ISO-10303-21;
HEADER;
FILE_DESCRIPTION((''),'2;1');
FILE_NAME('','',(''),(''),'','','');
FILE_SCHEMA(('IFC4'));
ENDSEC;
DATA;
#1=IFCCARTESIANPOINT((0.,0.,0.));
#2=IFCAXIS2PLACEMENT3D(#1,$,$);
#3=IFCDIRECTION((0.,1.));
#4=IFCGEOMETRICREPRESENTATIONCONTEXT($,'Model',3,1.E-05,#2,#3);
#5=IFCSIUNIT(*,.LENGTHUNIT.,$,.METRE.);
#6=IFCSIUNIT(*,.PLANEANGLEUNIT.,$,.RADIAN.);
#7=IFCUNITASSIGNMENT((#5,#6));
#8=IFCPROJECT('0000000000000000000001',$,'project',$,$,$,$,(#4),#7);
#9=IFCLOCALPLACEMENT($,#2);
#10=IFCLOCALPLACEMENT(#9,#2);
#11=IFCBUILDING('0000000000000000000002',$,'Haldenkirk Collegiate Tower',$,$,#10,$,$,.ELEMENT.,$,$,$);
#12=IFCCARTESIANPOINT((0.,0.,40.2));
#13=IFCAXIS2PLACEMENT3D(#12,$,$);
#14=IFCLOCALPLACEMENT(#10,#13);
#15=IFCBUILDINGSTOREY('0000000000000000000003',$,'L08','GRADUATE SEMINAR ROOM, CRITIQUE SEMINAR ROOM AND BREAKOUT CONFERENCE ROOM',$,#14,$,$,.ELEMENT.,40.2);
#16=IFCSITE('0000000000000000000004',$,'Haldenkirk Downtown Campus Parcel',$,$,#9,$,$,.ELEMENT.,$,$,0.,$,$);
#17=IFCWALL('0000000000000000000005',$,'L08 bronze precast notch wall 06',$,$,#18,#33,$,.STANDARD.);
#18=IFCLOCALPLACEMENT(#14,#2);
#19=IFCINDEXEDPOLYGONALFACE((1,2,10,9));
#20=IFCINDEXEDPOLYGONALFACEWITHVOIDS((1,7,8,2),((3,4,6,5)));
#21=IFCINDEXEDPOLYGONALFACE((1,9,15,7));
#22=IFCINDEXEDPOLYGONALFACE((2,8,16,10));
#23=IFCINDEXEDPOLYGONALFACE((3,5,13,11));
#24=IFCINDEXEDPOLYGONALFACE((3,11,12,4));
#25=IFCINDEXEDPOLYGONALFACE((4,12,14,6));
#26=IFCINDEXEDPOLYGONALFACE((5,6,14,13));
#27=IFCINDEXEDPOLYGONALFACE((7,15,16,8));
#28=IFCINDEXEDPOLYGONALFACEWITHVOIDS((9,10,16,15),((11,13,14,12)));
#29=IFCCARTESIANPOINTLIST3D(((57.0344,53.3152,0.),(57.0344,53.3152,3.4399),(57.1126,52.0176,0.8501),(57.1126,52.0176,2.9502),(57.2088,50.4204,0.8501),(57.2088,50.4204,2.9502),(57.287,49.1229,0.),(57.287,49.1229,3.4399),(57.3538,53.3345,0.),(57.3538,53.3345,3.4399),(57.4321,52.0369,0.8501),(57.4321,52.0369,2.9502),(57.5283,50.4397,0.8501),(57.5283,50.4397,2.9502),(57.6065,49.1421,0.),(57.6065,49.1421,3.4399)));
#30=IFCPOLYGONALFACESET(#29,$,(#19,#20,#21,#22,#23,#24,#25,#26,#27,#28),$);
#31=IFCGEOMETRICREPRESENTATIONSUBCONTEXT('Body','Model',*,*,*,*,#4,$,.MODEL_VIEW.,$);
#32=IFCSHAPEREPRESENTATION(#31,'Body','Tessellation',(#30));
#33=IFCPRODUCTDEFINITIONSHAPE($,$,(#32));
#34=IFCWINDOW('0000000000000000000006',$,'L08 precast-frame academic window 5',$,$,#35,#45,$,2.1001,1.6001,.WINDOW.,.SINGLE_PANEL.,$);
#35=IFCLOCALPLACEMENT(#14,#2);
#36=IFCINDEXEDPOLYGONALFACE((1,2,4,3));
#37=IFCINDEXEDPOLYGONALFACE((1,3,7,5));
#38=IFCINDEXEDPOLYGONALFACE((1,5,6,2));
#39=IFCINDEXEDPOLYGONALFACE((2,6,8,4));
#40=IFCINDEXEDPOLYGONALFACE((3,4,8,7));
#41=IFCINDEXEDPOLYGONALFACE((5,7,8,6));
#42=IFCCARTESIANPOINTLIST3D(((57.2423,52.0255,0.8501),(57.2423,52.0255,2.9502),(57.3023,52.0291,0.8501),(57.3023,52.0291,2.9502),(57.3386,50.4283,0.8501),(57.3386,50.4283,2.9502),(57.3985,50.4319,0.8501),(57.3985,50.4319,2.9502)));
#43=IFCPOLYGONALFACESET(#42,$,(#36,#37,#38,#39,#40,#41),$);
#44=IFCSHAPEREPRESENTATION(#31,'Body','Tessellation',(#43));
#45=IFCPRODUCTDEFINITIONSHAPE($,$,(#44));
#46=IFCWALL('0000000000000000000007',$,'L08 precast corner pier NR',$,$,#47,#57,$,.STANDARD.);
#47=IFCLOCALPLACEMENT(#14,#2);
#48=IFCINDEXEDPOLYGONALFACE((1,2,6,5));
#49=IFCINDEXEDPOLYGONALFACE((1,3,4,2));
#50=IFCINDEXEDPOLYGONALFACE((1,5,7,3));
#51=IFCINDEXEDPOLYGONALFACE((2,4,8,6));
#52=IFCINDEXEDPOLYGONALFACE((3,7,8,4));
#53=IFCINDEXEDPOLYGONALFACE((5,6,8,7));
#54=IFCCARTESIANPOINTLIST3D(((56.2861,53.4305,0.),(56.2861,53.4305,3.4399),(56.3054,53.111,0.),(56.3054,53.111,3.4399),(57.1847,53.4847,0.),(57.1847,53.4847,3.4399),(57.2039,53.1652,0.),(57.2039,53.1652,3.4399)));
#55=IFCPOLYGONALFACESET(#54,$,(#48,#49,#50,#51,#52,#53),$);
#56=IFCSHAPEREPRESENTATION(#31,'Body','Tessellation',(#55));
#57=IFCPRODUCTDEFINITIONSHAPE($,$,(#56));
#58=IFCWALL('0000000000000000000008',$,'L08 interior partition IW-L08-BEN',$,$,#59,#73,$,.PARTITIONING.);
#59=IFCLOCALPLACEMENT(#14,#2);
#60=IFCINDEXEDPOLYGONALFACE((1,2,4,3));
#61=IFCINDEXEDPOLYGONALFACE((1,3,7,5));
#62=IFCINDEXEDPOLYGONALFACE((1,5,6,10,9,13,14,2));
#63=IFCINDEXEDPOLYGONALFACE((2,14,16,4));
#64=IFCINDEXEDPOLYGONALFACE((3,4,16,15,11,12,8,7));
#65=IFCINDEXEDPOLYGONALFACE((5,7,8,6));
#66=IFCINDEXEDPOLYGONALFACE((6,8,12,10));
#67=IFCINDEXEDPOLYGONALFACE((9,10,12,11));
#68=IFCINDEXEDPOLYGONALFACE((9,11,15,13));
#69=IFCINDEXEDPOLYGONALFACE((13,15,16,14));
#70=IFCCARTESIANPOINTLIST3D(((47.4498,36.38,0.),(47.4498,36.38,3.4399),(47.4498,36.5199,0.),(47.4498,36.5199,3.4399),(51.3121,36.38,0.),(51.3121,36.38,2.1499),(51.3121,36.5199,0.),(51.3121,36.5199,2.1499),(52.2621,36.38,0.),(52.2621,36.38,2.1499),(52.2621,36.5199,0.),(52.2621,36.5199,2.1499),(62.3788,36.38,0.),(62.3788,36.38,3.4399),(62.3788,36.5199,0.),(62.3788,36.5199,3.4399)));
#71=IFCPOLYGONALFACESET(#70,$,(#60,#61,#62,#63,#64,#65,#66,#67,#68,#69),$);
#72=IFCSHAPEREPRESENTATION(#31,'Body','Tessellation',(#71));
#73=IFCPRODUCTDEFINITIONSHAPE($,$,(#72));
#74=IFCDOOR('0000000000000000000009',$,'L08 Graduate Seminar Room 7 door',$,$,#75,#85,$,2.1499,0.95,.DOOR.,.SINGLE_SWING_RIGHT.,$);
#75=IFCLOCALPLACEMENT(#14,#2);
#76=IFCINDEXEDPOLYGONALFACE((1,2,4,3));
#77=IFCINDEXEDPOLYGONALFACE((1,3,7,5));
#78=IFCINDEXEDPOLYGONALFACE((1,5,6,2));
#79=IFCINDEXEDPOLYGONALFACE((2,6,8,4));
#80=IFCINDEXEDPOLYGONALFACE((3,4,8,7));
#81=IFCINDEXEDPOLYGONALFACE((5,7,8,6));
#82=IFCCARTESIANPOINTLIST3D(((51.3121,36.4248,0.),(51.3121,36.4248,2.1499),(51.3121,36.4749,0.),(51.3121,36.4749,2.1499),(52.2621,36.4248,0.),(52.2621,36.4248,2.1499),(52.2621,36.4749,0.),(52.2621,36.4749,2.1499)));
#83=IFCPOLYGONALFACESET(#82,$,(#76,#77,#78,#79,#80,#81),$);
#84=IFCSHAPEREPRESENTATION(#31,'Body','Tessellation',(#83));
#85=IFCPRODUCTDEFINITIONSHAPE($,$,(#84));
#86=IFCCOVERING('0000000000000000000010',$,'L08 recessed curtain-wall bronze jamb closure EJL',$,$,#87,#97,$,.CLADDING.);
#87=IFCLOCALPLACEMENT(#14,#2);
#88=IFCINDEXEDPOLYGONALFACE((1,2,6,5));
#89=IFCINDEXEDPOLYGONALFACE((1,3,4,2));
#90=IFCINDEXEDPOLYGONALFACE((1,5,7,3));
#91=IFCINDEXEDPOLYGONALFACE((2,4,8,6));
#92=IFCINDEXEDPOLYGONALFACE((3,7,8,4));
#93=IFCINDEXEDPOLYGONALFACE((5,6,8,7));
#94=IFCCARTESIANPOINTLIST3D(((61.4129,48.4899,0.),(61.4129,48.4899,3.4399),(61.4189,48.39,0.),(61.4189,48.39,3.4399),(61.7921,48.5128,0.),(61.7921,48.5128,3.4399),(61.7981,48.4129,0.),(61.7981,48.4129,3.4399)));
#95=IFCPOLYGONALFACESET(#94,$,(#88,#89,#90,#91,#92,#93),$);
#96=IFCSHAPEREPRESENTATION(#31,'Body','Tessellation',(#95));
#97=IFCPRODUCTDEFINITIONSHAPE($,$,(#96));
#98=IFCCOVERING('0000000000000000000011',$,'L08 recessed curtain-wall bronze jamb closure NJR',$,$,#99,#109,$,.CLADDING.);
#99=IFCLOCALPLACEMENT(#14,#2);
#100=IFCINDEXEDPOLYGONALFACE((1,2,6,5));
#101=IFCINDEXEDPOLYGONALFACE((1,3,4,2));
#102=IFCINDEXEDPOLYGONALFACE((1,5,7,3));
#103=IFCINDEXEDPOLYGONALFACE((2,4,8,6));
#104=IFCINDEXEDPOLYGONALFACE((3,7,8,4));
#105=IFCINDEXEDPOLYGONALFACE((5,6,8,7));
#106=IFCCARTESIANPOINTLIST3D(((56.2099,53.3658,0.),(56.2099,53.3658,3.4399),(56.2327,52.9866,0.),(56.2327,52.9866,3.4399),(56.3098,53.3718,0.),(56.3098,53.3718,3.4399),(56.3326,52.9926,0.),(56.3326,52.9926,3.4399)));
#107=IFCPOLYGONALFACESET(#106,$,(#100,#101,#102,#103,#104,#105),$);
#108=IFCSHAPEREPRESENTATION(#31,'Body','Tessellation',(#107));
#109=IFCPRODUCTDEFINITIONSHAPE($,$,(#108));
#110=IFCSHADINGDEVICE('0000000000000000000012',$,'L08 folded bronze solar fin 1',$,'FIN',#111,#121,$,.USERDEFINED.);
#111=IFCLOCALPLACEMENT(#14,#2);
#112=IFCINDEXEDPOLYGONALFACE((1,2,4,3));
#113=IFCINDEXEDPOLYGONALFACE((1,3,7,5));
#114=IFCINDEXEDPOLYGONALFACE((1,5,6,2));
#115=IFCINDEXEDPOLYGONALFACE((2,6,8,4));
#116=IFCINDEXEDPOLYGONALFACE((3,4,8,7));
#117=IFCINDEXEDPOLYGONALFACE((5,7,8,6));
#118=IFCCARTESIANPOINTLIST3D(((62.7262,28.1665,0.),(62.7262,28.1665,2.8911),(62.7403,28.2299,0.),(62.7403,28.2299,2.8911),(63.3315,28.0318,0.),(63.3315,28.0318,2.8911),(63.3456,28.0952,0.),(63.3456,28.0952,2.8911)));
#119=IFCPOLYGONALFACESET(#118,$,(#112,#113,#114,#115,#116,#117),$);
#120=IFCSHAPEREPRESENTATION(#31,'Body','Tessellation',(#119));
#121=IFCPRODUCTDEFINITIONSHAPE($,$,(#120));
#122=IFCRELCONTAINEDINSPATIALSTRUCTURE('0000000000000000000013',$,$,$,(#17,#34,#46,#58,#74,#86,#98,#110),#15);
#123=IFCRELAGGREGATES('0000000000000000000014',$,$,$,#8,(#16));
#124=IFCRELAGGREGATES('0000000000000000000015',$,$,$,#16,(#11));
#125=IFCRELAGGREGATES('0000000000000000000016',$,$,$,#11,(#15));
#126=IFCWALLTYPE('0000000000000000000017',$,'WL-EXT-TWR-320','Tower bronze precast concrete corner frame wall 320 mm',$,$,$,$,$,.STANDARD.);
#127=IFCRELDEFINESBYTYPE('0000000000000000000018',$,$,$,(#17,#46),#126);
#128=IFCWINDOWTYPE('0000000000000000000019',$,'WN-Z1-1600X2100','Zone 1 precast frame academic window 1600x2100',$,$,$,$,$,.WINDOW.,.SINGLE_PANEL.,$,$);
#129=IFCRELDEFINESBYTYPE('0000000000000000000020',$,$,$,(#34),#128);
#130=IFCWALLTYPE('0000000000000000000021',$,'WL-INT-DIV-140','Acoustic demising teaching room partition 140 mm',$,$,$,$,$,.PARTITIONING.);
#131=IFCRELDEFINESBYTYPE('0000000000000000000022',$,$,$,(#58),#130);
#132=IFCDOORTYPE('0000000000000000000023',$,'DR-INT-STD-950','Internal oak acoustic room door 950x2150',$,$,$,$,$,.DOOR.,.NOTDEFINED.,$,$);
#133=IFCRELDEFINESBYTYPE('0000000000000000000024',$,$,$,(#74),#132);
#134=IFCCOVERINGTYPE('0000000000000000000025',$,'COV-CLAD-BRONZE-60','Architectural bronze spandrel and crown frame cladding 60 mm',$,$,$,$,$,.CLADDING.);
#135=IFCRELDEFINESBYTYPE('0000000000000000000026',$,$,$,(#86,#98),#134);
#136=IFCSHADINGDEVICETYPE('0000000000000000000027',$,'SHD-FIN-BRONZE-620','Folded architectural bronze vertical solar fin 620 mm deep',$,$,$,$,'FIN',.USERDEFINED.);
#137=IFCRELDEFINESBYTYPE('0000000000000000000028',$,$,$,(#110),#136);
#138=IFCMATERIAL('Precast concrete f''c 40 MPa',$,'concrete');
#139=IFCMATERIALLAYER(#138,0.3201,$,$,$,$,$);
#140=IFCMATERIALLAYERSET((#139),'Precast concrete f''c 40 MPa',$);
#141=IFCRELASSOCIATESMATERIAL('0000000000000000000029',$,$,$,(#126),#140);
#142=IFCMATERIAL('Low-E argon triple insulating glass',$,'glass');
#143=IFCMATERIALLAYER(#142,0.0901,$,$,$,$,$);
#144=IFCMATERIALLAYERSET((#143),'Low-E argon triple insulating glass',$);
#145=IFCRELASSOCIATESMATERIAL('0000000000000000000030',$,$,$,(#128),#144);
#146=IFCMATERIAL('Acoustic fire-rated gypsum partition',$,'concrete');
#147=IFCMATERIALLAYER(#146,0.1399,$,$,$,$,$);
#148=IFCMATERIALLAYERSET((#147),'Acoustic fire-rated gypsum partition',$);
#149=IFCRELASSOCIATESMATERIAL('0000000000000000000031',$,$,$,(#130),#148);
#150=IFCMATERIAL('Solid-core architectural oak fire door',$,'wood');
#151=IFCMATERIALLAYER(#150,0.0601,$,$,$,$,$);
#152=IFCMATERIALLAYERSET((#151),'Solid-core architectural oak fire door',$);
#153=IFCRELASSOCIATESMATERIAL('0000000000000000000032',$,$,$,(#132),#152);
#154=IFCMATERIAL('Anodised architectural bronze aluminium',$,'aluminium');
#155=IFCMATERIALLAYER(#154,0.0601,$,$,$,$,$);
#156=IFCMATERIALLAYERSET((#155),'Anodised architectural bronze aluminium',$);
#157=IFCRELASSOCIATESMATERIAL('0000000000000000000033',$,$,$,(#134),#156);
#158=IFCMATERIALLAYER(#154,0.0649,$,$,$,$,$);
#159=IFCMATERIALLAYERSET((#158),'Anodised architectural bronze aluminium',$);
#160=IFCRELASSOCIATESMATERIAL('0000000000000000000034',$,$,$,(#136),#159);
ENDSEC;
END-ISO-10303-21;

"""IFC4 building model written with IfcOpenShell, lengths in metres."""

from ifc_helpers import new_model, si_unit, direction, frame, frame_2d, origin, origin_2d, place, context, subcontext, project, spatial, rectangle, extrude, source, transform, mapped, material, layer, layer_set, type_object, element, fill, save


model = new_model("IFC4")

# Units and contexts
model_context = context("Model", 3, precision=1e-05, world=origin(), true_north=direction((0.0, 1.0)))
body_context = subcontext(model_context, "Body", "Model", "MODEL_VIEW")
ifc_project = project(units=[si_unit("LENGTHUNIT", "METRE"), si_unit("PLANEANGLEUNIT", "RADIAN")], contexts=[model_context])

# Site, building, storey
site_placement = place(None, origin())
site = spatial("IfcSite", under=ifc_project, at=site_placement, Name="Haldenkirk Downtown Campus Parcel", CompositionType="ELEMENT", RefElevation=0.0)
building_placement = place(site_placement, origin())
building = spatial("IfcBuilding", under=site, at=building_placement, Name="Haldenkirk Collegiate Tower", CompositionType="ELEMENT")
storey_placement = place(building_placement, frame((0.0, 0.0, 40.2)))
storey = spatial("IfcBuildingStorey", under=building, at=storey_placement, Name="L08", Description="GRADUATE SEMINAR ROOM, CRITIQUE SEMINAR ROOM AND BREAKOUT CONFERENCE ROOM", CompositionType="ELEMENT", Elevation=40.2)

# Shared definitions
ifc_material_1 = material(Name="Anodised architectural bronze aluminium", Category="aluminium")

# Shared definitions
ifc_material_2 = material(Name="Low-E argon triple insulating glass", Category="glass")

# Shared definitions
ifc_material_3 = material(Name="Precast concrete f'c 40 MPa", Category="concrete")
ifc_layer_1 = layer(ifc_material_3, 0.3201)
ifc_layer_set_1 = layer_set([ifc_layer_1], Name="Precast concrete f'c 40 MPa")
wall_type_1 = type_object("IfcWallType", Name="WL-EXT-TWR-320", Description="Tower bronze precast concrete corner frame wall 320 mm", PredefinedType="STANDARD", material=ifc_layer_set_1)

# Wall, opening, window
wall_1_placement = place(storey_placement, frame((57.1941, 53.325, 0.0), z_axis=(0.0, 0.0, 1.0), x_axis=(0.060163, -0.998189, 0.0)))
wall_1 = element("IfcWall", 1, at=wall_1_placement, inside=storey, type_object=wall_type_1, Name="L08 bronze precast notch wall 06", PredefinedType="STANDARD", context=body_context, shape_type="SweptSolid", body=[
    extrude(rectangle(XDim=4.2, YDim=0.3201, at=frame_2d((2.1001, 0.0))), origin(), (0.0, 0.0, 1.0), 3.4399),
])
opening_1_placement = place(wall_1_placement, frame((1.3, 0.0, 0.8501)))
opening_1 = element("IfcOpeningElement", 2, at=opening_1_placement, cuts=wall_1, PredefinedType="OPENING", context=body_context, shape_type="SweptSolid", body=[
    extrude(rectangle(XDim=1.6001, YDim=2.1001, at=frame_2d((0.8, 1.05))), frame((0.0, 0.1699, 0.0), z_axis=(0.0, -1.0, 0.0), x_axis=(1.0, 0.0, 0.0)), (0.0, 0.0, 1.0), 0.3401),
])
ifc_layer_2 = layer(ifc_material_2, 0.0901)
ifc_layer_set_2 = layer_set([ifc_layer_2], Name="Low-E argon triple insulating glass")
window_type = type_object("IfcWindowType", Name="WN-Z1-1600X2100", Description="Zone 1 precast frame academic window 1600x2100", PartitioningType="SINGLE_PANEL", PredefinedType="WINDOW", material=ifc_layer_set_2)
window_placement = place(opening_1_placement, origin())
window = element("IfcWindow", 3, at=window_placement, inside=storey, type_object=window_type, Name="L08 precast-frame academic window 5", OverallHeight=2.1001, OverallWidth=1.6001, PartitioningType="SINGLE_PANEL", PredefinedType="WINDOW", context=body_context, shape_type="SweptSolid", body=[
    extrude(rectangle(XDim=1.6001, YDim=2.1001, at=frame_2d((0.8, 1.05))), frame((0.0, 0.03, 0.0), z_axis=(0.0, -1.0, 0.0), x_axis=(1.0, 0.0, 0.0)), (0.0, 0.0, 1.0), 0.0601),
])
fill(opening_1, window)

# Wall
wall_2_placement = place(storey_placement, frame((56.2957, 53.2708, 0.0), z_axis=(0.0, 0.0, 1.0), x_axis=(0.998185, 0.060217, 0.0)))
element("IfcWall", 4, at=wall_2_placement, inside=storey, type_object=wall_type_1, Name="L08 precast corner pier NR", PredefinedType="STANDARD", context=body_context, shape_type="SweptSolid", body=[
    extrude(rectangle(XDim=0.9001, YDim=0.3201, at=frame_2d((0.4502, 0.0))), origin(), (0.0, 0.0, 1.0), 3.4399),
])

# Wall, opening, door
ifc_material_4 = material(Name="Acoustic fire-rated gypsum partition", Category="concrete")
ifc_layer_3 = layer(ifc_material_4, 0.1399)
ifc_layer_set_3 = layer_set([ifc_layer_3], Name="Acoustic fire-rated gypsum partition")
wall_type_2 = type_object("IfcWallType", Name="WL-INT-DIV-140", Description="Acoustic demising teaching room partition 140 mm", PredefinedType="PARTITIONING", material=ifc_layer_set_3)
wall_3_placement = place(storey_placement, frame((47.45, 36.45, 0.0), z_axis=(0.0, 0.0, 1.0), x_axis=(1.0, 0.0, 0.0)))
wall_3 = element("IfcWall", 5, at=wall_3_placement, inside=storey, type_object=wall_type_2, Name="L08 interior partition IW-L08-BEN", PredefinedType="PARTITIONING", context=body_context, shape_type="SweptSolid", body=[
    extrude(rectangle(XDim=14.929, YDim=0.1399, at=frame_2d((7.4644, 0.0))), origin(), (0.0, 0.0, 1.0), 3.4399),
])
opening_2_placement = place(wall_3_placement, frame((3.8621, 0.0, 0.0)))
opening_2 = element("IfcOpeningElement", 6, at=opening_2_placement, cuts=wall_3, PredefinedType="OPENING", context=body_context, shape_type="SweptSolid", body=[
    extrude(rectangle(XDim=0.95, YDim=2.1499, at=frame_2d((0.4751, 1.075))), frame((0.0, 0.0798, 0.0), z_axis=(0.0, -1.0, 0.0), x_axis=(1.0, 0.0, 0.0)), (0.0, 0.0, 1.0), 0.1599),
])
ifc_material_5 = material(Name="Solid-core architectural oak fire door", Category="wood")
ifc_layer_4 = layer(ifc_material_5, 0.0601)
ifc_layer_set_4 = layer_set([ifc_layer_4], Name="Solid-core architectural oak fire door")
door_type = type_object("IfcDoorType", Name="DR-INT-STD-950", Description="Internal oak acoustic room door 950x2150", OperationType="NOTDEFINED", PredefinedType="DOOR", material=ifc_layer_set_4)
door_placement = place(opening_2_placement, origin())
door = element("IfcDoor", 7, at=door_placement, inside=storey, type_object=door_type, Name="L08 Graduate Seminar Room 7 door", OperationType="SINGLE_SWING_RIGHT", OverallHeight=2.1499, OverallWidth=0.95, PredefinedType="DOOR", context=body_context, shape_type="SweptSolid", body=[
    extrude(rectangle(XDim=0.95, YDim=2.1499, at=frame_2d((0.4751, 1.075))), frame((0.0, 0.0249, 0.0), z_axis=(0.0, -1.0, 0.0), x_axis=(1.0, 0.0, 0.0)), (0.0, 0.0, 1.0), 0.05),
])
fill(opening_2, door)

# Coverings
ifc_layer_5 = layer(ifc_material_1, 0.0601)
ifc_layer_set_5 = layer_set([ifc_layer_5], Name="Anodised architectural bronze aluminium")
covering_type = type_object("IfcCoveringType", Name="COV-CLAD-BRONZE-60", Description="Architectural bronze spandrel and crown frame cladding 60 mm", PredefinedType="CLADDING", material=ifc_layer_set_5)
shared_shape_1 = source(origin(), body_context, "Body", "SweptSolid", [
    extrude(rectangle(XDim=0.1001, YDim=0.3799, at=origin_2d()), origin(), (0.0, 0.0, 1.0), 3.4399),
])
for number, where, z_axis, x_axis, name in (
    (8, (61.6055, 48.4514, 0.0), (0.0, 0.0, 1.0), (0.060177, -0.998188, 0.0), "L08 recessed curtain-wall bronze jamb closure EJL"),
    (9, (56.2712, 53.1792, 0.0), (0.0, 0.0, 1.0), (0.998188, 0.060177, 0.0), "L08 recessed curtain-wall bronze jamb closure NJR"),
):
    element("IfcCovering", number, at=place(storey_placement, frame(where, z_axis=z_axis, x_axis=x_axis)), inside=storey, type_object=covering_type, Name=name, PredefinedType="CLADDING", context=body_context, shape_type="MappedRepresentation", body=[
        mapped(shared_shape_1, transform((0.0, 0.0, 0.0), x_axis=(1.0, 0.0, 0.0), y_axis=(0.0, 1.0, 0.0), z_axis=(0.0, 0.0, 1.0), scale=1.0)),
    ])

# Shading device
ifc_layer_6 = layer(ifc_material_1, 0.0649)
ifc_layer_set_6 = layer_set([ifc_layer_6], Name="Anodised architectural bronze aluminium")
shading_device_type = type_object("IfcShadingDeviceType", Name="SHD-FIN-BRONZE-620", Description="Folded architectural bronze vertical solar fin 620 mm deep", ElementType="FIN", PredefinedType="USERDEFINED", material=ifc_layer_set_6)
shared_shape_2 = source(origin(), body_context, "Body", "SweptSolid", [
    extrude(rectangle(XDim=0.6201, YDim=0.0649, at=origin_2d()), origin(), (0.0, 0.0, 1.0), 2.8911),
])
shading_device_placement = place(storey_placement, frame((63.0359, 28.1309, 0.0), z_axis=(0.0, 0.0, 1.0), x_axis=(0.976107, -0.217292, 0.0)))
element("IfcShadingDevice", 10, at=shading_device_placement, inside=storey, type_object=shading_device_type, Name="L08 folded bronze solar fin 1", ObjectType="FIN", PredefinedType="USERDEFINED", context=body_context, shape_type="MappedRepresentation", body=[
    mapped(shared_shape_2, transform((0.0, 0.0, 0.0), x_axis=(1.0, 0.0, 0.0), y_axis=(0.0, 1.0, 0.0), z_axis=(0.0, 0.0, 1.0), scale=1.0)),
])

save(model, "model.ifc")
